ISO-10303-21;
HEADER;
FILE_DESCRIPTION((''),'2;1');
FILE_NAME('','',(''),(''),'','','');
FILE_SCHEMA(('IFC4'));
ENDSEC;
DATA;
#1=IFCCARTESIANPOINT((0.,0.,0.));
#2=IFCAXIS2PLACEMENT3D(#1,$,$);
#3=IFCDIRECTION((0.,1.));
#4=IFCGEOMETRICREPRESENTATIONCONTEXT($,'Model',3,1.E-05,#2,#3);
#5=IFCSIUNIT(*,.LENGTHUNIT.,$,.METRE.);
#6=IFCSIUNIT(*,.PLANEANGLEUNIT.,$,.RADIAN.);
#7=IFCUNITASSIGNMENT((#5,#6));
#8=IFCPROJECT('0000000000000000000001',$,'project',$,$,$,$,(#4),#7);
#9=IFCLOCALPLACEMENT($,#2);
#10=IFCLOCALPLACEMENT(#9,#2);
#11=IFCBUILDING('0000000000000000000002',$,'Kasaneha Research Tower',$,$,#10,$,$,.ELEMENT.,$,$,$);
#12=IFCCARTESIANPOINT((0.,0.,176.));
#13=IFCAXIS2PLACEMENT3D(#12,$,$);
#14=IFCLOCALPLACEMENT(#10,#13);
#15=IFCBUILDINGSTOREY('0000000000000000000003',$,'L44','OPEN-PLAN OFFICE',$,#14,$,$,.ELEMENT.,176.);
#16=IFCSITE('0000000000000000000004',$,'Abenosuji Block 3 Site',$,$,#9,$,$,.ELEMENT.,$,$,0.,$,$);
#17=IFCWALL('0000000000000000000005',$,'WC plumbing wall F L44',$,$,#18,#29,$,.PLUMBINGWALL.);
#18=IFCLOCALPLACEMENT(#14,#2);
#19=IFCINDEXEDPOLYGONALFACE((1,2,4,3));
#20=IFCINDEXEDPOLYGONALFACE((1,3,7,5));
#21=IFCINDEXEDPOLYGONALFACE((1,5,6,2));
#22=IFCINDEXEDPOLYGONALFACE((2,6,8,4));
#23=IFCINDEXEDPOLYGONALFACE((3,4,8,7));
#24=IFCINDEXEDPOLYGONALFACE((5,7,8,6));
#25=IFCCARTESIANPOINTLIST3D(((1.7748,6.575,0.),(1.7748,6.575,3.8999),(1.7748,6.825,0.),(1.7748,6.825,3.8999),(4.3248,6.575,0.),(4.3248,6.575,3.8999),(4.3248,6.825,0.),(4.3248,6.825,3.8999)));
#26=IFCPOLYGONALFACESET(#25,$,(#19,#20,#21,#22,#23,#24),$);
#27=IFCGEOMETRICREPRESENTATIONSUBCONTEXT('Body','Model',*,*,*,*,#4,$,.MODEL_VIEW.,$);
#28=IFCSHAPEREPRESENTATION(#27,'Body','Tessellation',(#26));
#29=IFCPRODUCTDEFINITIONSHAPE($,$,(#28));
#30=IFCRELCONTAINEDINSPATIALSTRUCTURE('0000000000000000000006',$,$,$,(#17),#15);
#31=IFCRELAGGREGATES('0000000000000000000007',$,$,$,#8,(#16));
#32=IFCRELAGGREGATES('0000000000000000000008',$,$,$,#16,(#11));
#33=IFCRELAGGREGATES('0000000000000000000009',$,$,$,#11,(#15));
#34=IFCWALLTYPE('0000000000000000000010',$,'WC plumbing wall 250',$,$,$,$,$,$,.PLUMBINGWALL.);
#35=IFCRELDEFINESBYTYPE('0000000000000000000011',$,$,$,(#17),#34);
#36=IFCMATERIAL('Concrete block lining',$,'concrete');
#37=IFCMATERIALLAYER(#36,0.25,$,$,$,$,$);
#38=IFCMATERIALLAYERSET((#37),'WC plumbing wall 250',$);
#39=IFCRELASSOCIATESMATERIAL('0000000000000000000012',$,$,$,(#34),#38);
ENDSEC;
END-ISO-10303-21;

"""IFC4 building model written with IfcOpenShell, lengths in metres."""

from ifc_helpers import new_model, si_unit, direction, frame, frame_2d, origin, place, context, subcontext, project, spatial, rectangle, extrude, material, layer, layer_set, type_object, element, save


model = new_model("IFC4")

# Units and contexts
model_context = context("Model", 3, precision=1e-05, world=origin(), true_north=direction((0.0, 1.0)))
body_context = subcontext(model_context, "Body", "Model", "MODEL_VIEW")
ifc_project = project(units=[si_unit("LENGTHUNIT", "METRE"), si_unit("PLANEANGLEUNIT", "RADIAN")], contexts=[model_context])

# Site, building, storey
site_placement = place(None, origin())
site = spatial("IfcSite", under=ifc_project, at=site_placement, Name="Abenosuji Block 3 Site", CompositionType="ELEMENT", RefElevation=0.0)
building_placement = place(site_placement, origin())
building = spatial("IfcBuilding", under=site, at=building_placement, Name="Kasaneha Research Tower", CompositionType="ELEMENT")
storey_placement = place(building_placement, frame((0.0, 0.0, 176.0)))
storey = spatial("IfcBuildingStorey", under=building, at=storey_placement, Name="L44", Description="OPEN-PLAN OFFICE", CompositionType="ELEMENT", Elevation=176.0)

# Wall
ifc_material_1 = material(Name="Concrete block lining", Category="concrete")
ifc_layer_1 = layer(ifc_material_1, 0.25)
ifc_layer_set_1 = layer_set([ifc_layer_1], Name="WC plumbing wall 250")
wall_type_1 = type_object("IfcWallType", Name="WC plumbing wall 250", PredefinedType="PLUMBINGWALL", material=ifc_layer_set_1)
wall_1_placement = place(storey_placement, frame((1.7749, 6.7, 0.0), z_axis=(0.0, 0.0, 1.0), x_axis=(1.0, 0.0, 0.0)))
element("IfcWall", 1, at=wall_1_placement, inside=storey, type_object=wall_type_1, Name="WC plumbing wall F L44", PredefinedType="PLUMBINGWALL", context=body_context, shape_type="SweptSolid", body=[
    extrude(rectangle(XDim=2.55, YDim=0.25, at=frame_2d((1.2749, 0.0))), origin(), (0.0, 0.0, 1.0), 3.8999),
])

save(model, "model.ifc")
